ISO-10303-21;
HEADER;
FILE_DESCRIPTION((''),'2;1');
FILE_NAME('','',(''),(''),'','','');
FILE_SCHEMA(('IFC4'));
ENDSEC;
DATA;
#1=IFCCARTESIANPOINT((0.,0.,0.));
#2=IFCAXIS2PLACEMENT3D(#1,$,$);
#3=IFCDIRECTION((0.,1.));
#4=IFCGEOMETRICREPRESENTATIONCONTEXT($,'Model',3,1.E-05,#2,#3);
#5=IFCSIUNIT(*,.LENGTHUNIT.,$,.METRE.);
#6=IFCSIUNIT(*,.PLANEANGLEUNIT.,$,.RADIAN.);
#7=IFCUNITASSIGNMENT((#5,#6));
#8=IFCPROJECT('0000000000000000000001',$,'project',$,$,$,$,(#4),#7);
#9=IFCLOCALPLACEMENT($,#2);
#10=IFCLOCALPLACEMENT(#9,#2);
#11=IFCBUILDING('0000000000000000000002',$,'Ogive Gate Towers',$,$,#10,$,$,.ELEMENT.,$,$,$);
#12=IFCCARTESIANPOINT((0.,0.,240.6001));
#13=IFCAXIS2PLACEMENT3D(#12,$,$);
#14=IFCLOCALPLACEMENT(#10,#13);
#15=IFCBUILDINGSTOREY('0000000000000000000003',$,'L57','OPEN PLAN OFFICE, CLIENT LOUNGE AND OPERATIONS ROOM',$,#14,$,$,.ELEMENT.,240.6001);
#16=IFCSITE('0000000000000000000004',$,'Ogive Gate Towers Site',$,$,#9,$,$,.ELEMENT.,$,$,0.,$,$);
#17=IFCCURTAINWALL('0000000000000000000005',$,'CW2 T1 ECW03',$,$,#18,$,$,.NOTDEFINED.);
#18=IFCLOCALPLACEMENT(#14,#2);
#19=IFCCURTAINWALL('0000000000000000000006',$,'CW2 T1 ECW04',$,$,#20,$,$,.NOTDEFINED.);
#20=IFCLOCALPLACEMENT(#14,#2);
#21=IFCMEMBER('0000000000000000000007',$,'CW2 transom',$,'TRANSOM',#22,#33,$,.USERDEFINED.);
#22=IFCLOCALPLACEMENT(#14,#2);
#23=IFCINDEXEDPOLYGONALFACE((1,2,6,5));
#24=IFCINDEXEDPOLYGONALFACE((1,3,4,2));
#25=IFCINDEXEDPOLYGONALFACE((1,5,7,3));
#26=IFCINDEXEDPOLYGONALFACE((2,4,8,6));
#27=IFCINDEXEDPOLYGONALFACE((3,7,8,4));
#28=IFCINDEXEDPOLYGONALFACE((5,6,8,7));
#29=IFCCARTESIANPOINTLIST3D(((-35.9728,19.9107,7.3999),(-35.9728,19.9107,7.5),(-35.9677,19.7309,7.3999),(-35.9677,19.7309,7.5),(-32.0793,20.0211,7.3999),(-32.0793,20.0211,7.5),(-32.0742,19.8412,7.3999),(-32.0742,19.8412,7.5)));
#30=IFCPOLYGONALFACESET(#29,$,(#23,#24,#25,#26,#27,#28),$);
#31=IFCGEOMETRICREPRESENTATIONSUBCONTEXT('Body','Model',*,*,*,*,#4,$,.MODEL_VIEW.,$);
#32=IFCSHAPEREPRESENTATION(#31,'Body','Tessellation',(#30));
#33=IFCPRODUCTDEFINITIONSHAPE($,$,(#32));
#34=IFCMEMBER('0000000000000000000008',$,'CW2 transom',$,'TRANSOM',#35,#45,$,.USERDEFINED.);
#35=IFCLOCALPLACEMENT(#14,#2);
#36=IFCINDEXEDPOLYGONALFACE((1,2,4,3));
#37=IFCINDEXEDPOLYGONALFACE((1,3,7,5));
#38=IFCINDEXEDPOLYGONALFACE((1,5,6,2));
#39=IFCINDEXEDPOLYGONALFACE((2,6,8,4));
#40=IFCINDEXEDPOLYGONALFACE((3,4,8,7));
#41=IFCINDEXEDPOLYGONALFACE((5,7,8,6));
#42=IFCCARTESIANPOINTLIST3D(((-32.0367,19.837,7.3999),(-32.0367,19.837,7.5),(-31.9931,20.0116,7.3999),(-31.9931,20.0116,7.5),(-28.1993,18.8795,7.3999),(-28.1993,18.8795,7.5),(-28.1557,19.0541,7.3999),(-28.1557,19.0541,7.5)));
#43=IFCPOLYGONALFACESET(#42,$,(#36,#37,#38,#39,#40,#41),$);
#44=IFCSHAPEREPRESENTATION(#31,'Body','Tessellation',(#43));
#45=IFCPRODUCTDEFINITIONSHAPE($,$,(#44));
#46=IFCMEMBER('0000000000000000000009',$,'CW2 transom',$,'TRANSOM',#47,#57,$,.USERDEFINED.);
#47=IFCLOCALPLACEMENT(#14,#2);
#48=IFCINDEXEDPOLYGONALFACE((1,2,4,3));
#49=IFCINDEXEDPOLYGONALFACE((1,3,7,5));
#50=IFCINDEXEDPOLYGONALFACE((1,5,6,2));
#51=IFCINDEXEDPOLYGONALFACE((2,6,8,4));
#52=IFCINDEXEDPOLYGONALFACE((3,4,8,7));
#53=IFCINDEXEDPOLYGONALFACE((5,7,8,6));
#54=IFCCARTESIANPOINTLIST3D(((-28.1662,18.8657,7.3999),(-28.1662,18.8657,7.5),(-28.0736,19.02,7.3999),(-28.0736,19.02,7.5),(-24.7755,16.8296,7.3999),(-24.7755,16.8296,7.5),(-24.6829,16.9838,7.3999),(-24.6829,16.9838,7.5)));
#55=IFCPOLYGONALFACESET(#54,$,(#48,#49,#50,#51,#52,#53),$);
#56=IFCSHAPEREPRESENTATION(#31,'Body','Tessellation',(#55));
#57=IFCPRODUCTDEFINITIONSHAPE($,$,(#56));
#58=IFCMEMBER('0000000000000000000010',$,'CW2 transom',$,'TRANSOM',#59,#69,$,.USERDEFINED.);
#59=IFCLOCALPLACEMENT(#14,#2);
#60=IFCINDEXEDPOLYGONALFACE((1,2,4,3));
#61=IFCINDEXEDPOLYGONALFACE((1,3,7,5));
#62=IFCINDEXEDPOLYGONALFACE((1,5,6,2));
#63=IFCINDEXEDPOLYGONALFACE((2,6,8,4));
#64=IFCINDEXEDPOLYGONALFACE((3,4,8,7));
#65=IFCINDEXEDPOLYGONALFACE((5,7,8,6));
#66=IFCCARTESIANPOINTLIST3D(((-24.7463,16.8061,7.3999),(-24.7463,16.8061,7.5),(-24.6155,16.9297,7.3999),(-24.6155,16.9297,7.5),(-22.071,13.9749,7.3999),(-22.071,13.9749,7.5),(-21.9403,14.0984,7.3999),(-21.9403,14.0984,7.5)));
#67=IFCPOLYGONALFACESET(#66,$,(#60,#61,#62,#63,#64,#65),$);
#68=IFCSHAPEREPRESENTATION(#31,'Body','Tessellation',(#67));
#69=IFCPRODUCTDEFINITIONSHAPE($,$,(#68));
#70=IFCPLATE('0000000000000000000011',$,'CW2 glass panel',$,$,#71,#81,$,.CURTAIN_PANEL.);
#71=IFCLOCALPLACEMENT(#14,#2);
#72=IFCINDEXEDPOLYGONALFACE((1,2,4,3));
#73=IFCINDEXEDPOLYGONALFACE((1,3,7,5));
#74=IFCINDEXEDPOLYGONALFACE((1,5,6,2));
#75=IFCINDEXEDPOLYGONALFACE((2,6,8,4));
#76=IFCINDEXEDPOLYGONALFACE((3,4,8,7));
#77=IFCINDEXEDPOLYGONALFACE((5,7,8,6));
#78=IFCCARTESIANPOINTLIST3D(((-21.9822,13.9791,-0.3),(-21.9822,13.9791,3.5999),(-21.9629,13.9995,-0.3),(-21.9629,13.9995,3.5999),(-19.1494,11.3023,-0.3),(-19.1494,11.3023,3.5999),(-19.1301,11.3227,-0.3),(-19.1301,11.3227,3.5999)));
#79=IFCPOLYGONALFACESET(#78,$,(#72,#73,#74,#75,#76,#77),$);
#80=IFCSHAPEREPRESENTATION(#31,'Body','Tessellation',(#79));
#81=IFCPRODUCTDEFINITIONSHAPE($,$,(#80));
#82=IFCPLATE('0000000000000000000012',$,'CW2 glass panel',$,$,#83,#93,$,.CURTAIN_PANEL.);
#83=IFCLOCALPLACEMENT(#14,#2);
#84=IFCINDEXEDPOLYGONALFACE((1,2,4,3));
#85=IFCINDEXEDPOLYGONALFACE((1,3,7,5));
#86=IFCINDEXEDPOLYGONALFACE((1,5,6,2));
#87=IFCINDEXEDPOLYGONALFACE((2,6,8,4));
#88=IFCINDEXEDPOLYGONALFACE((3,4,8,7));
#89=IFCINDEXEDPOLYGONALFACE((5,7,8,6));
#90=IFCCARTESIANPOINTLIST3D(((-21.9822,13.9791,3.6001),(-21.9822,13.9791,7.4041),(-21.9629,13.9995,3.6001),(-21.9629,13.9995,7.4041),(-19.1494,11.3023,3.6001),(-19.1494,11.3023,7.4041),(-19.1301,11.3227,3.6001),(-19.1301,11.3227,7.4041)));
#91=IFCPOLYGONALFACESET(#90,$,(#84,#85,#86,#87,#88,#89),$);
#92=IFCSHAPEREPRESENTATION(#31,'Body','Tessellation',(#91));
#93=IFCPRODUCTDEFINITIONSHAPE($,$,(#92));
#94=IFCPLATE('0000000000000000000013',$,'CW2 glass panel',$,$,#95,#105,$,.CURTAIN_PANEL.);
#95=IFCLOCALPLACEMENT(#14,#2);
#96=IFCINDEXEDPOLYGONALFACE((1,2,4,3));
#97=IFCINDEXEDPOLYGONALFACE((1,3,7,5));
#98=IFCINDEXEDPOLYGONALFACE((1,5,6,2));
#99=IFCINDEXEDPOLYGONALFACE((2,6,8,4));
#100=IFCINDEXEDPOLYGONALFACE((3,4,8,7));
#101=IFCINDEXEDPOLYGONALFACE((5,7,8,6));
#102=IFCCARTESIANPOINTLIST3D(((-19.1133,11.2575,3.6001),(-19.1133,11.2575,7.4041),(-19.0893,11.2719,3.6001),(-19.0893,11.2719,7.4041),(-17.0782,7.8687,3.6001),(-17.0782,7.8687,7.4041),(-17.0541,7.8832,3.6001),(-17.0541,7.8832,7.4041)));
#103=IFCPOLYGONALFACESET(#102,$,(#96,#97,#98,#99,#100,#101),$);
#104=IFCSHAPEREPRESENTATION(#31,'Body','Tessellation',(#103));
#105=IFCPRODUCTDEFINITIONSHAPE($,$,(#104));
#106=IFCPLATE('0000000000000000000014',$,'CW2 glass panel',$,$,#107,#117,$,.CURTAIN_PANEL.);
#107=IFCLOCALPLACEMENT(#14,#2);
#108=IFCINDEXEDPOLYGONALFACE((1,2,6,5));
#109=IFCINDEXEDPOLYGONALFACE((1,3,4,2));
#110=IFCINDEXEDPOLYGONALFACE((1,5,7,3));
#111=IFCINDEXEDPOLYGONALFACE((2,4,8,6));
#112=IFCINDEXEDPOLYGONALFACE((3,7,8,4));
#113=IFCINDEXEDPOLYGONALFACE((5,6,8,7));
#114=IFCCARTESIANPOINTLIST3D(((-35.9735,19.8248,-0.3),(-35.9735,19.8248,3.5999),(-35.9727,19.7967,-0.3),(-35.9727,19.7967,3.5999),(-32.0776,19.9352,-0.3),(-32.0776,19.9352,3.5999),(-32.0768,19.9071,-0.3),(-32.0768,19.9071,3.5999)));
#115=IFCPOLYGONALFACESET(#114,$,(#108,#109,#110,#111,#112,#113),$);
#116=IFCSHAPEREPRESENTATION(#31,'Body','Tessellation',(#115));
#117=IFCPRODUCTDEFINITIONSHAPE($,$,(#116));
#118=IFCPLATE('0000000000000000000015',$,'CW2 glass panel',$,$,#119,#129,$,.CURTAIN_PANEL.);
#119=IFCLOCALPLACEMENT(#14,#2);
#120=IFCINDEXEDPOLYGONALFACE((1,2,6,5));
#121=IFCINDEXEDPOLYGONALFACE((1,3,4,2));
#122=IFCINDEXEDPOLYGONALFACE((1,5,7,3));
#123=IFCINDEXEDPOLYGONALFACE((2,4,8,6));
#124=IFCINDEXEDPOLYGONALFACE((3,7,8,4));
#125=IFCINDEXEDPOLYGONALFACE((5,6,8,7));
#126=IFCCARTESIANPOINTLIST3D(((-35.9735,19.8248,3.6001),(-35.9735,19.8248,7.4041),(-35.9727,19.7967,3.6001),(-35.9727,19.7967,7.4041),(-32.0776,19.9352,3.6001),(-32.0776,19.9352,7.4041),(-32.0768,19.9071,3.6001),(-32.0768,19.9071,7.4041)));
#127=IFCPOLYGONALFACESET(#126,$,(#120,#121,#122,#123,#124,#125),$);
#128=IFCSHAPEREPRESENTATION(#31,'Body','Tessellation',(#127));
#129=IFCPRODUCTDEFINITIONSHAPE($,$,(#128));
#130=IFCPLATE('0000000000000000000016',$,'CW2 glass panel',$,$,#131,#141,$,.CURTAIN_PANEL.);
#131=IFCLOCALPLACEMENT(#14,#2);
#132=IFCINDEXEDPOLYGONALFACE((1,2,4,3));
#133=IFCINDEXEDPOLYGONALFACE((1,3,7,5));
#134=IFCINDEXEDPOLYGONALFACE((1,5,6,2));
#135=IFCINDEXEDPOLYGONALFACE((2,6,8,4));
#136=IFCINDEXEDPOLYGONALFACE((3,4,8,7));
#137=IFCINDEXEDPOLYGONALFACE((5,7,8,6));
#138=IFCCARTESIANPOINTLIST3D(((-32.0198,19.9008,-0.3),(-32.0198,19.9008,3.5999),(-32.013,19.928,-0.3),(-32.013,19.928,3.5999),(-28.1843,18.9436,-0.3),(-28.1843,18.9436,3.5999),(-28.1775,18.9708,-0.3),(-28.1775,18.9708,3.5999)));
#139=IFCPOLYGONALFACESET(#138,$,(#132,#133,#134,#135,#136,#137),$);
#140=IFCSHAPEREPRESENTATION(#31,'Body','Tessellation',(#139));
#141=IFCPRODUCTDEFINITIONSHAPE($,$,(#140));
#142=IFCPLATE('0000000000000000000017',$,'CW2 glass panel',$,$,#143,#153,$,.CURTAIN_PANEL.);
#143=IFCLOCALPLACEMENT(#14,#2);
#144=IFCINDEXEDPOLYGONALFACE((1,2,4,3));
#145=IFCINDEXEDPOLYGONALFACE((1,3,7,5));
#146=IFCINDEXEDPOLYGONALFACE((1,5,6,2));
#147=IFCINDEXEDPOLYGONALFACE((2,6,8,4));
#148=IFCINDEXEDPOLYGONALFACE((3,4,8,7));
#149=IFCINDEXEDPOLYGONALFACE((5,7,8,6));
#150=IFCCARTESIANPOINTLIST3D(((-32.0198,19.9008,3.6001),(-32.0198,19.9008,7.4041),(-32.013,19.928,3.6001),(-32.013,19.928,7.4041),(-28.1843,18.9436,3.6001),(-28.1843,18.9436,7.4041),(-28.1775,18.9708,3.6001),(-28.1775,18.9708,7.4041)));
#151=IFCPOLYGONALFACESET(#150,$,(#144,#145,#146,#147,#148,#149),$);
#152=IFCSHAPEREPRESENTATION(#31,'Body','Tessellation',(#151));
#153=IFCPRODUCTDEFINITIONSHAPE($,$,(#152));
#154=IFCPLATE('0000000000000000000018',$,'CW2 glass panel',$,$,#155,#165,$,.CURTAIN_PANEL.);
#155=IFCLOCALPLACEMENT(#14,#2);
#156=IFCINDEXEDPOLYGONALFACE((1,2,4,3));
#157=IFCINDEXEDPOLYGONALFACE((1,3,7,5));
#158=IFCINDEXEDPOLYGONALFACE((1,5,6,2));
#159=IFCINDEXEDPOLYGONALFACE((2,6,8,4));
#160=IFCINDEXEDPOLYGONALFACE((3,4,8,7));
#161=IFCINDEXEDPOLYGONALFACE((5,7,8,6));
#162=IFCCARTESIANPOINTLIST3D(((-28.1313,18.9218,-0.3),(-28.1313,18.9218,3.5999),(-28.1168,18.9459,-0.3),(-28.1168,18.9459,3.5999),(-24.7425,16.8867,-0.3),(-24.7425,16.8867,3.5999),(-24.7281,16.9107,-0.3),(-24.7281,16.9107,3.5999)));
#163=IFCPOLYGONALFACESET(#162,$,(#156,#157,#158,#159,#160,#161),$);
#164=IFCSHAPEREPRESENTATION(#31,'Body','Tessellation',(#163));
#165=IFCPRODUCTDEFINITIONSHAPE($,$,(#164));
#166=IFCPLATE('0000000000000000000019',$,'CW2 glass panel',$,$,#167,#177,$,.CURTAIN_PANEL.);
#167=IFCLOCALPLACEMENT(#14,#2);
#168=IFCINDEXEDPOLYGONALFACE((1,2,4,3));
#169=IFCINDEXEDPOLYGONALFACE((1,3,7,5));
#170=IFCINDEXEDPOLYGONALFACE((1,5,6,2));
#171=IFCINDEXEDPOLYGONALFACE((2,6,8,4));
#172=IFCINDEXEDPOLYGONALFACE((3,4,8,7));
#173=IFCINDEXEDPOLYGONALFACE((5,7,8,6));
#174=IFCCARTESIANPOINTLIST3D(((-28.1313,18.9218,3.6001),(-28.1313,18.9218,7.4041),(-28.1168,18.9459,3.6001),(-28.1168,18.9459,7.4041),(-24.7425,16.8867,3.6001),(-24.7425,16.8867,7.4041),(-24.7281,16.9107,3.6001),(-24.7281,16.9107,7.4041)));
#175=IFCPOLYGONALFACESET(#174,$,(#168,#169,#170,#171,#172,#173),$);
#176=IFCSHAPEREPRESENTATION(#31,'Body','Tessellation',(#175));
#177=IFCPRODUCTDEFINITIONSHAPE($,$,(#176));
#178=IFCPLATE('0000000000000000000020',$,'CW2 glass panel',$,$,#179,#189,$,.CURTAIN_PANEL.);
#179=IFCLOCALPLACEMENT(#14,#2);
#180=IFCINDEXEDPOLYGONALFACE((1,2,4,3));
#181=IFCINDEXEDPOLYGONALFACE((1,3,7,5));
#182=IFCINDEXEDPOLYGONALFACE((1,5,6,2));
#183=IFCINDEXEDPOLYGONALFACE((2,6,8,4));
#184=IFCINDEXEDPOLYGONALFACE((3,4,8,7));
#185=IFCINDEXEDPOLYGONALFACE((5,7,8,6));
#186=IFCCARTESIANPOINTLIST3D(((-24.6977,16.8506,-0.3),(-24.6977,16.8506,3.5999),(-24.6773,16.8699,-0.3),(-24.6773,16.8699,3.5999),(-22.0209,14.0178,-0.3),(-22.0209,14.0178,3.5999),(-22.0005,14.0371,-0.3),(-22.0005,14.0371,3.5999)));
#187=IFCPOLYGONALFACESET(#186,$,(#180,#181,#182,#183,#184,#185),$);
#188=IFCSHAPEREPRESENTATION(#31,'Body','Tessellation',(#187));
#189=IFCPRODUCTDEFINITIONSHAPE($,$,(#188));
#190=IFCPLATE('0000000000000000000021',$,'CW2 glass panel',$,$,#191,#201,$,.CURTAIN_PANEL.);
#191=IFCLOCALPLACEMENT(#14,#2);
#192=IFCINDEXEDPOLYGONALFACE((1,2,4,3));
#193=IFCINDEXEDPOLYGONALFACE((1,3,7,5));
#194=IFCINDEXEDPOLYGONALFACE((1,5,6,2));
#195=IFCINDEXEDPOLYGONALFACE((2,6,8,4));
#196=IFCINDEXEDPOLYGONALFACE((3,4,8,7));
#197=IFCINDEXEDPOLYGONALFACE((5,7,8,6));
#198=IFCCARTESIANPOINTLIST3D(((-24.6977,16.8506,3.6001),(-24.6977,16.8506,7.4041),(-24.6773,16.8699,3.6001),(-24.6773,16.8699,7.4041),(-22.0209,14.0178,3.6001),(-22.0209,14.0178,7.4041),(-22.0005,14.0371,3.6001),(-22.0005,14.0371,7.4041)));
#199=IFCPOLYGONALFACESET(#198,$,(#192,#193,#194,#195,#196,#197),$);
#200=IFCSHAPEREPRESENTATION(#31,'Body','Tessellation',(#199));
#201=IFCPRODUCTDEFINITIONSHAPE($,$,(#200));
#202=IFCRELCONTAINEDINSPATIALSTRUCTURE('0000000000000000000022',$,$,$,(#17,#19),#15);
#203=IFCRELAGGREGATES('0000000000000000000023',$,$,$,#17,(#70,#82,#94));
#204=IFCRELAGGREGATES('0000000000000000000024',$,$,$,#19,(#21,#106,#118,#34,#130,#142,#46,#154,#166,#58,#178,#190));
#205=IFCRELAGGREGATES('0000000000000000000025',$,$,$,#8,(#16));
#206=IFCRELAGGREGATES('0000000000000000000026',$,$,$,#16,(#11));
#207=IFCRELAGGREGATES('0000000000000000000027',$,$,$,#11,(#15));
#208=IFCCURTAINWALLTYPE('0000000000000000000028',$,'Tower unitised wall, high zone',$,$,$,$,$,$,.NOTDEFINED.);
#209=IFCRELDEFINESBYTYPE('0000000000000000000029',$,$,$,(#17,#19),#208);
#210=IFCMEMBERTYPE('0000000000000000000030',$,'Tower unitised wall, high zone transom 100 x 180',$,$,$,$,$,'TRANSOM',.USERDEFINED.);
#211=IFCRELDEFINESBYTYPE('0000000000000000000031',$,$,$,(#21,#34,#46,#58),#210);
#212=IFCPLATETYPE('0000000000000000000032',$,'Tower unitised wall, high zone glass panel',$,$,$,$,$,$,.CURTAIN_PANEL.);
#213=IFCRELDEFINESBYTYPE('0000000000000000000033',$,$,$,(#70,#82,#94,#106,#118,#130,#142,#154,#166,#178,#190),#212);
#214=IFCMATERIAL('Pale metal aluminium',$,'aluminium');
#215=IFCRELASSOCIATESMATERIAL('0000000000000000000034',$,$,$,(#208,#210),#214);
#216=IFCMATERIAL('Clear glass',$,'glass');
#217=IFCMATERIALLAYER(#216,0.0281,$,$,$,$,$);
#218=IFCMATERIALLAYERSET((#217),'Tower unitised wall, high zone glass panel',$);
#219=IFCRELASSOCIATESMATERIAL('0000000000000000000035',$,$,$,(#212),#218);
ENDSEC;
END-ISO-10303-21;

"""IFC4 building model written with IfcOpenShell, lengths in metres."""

from ifc_helpers import new_model, si_unit, direction, frame, origin, origin_2d, place, context, subcontext, project, spatial, rectangle, extrude, material, layer, layer_set, material_profile, profile_set, type_object, element, aggregate, save


model = new_model("IFC4")

# Units and contexts
model_context = context("Model", 3, precision=1e-05, world=origin(), true_north=direction((0.0, 1.0)))
body_context = subcontext(model_context, "Body", "Model", "MODEL_VIEW")
ifc_project = project(units=[si_unit("LENGTHUNIT", "METRE"), si_unit("PLANEANGLEUNIT", "RADIAN")], contexts=[model_context])

# Site, building, storey
site_placement = place(None, origin())
site = spatial("IfcSite", under=ifc_project, at=site_placement, Name="Ogive Gate Towers Site", CompositionType="ELEMENT", RefElevation=0.0)
building_placement = place(site_placement, origin())
building = spatial("IfcBuilding", under=site, at=building_placement, Name="Ogive Gate Towers", CompositionType="ELEMENT")
storey_placement = place(building_placement, frame((0.0, 0.0, 240.6001)))
storey = spatial("IfcBuildingStorey", under=building, at=storey_placement, Name="L57", Description="OPEN PLAN OFFICE, CLIENT LOUNGE AND OPERATIONS ROOM", CompositionType="ELEMENT", Elevation=240.6001)

# Curtain walls
ifc_material_1 = material(Name="Pale metal aluminium", Category="aluminium")
curtain_wall_type = type_object("IfcCurtainWallType", Name="Tower unitised wall, high zone", PredefinedType="NOTDEFINED", material=ifc_material_1)
curtain_wall_1_placement = place(storey_placement, origin())
curtain_wall_1 = element("IfcCurtainWall", 1, at=curtain_wall_1_placement, inside=storey, type_object=curtain_wall_type, Name="CW2 T1 ECW03", PredefinedType="NOTDEFINED")
curtain_wall_2_placement = place(storey_placement, origin())
curtain_wall_2 = element("IfcCurtainWall", 2, at=curtain_wall_2_placement, inside=storey, type_object=curtain_wall_type, Name="CW2 T1 ECW04", PredefinedType="NOTDEFINED")

# Members
ifc_material_profile_1 = material_profile(ifc_material_1, rectangle(XDim=0.1799, YDim=0.1001, at=origin_2d()), Name="100 x 180 aluminium box")
ifc_profile_set_1 = profile_set([ifc_material_profile_1], Name="Pale metal aluminium")
member_type_1 = type_object("IfcMemberType", Name="Tower unitised wall, high zone transom 100 x 180", ElementType="TRANSOM", PredefinedType="USERDEFINED", material=ifc_profile_set_1)
member_1_placement = place(storey_placement, frame((-35.9702, 19.8208, 7.45), z_axis=(0.999599, 0.028331, 0.0), x_axis=(-0.028331, 0.999599, 0.0)))
member_1 = element("IfcMember", 3, at=member_1_placement, type_object=member_type_1, Name="CW2 transom", ObjectType="TRANSOM", PredefinedType="USERDEFINED", context=body_context, shape_type="SweptSolid", body=[
    extrude(rectangle(XDim=0.1799, YDim=0.1001, at=origin_2d()), origin(), (0.0, 0.0, 1.0), 3.895),
])
member_2_placement = place(storey_placement, frame((-32.0149, 19.9243, 7.45), z_axis=(0.970251, -0.2421, 0.0), x_axis=(0.2421, 0.970251, 0.0)))
member_2 = element("IfcMember", 4, at=member_2_placement, type_object=member_type_1, Name="CW2 transom", ObjectType="TRANSOM", PredefinedType="USERDEFINED", context=body_context, shape_type="SweptSolid", body=[
    extrude(rectangle(XDim=0.1799, YDim=0.1001, at=origin_2d()), origin(), (0.0, 0.0, 1.0), 3.9551),
])
member_3_placement = place(storey_placement, frame((-28.1199, 18.9429, 7.45), z_axis=(0.857297, -0.514823, 0.0), x_axis=(0.514823, 0.857297, 0.0)))
member_3 = element("IfcMember", 5, at=member_3_placement, type_object=member_type_1, Name="CW2 transom", ObjectType="TRANSOM", PredefinedType="USERDEFINED", context=body_context, shape_type="SweptSolid", body=[
    extrude(rectangle(XDim=0.1799, YDim=0.1001, at=origin_2d()), origin(), (0.0, 0.0, 1.0), 3.9551),
])
member_4_placement = place(storey_placement, frame((-24.6809, 16.8679, 7.45), z_axis=(0.686798, -0.726848, 0.0), x_axis=(0.726848, 0.686798, 0.0)))
member_4 = element("IfcMember", 6, at=member_4_placement, type_object=member_type_1, Name="CW2 transom", ObjectType="TRANSOM", PredefinedType="USERDEFINED", context=body_context, shape_type="SweptSolid", body=[
    extrude(rectangle(XDim=0.1799, YDim=0.1001, at=origin_2d()), origin(), (0.0, 0.0, 1.0), 3.8953),
])

# Plates
ifc_material_2 = material(Name="Clear glass", Category="glass")
ifc_layer_1 = layer(ifc_material_2, 0.0281)
ifc_layer_set_1 = layer_set([ifc_layer_1], Name="Tower unitised wall, high zone glass panel")
plate_type = type_object("IfcPlateType", Name="Tower unitised wall, high zone glass panel", PredefinedType="CURTAIN_PANEL", material=ifc_layer_set_1)
plate_1_placement = place(storey_placement, frame((-20.5562, 12.6509, -0.3), z_axis=(0.0, 0.0, 1.0), x_axis=(0.72685, -0.686796, 0.0)))
plate_1 = element("IfcPlate", 7, at=plate_1_placement, type_object=plate_type, Name="CW2 glass panel", PredefinedType="CURTAIN_PANEL", context=body_context, shape_type="SweptSolid", body=[
    extrude(rectangle(XDim=3.8975, YDim=0.0281, at=origin_2d()), origin(), (0.0, 0.0, 1.0), 3.8999),
])
plate_2_placement = place(storey_placement, frame((-20.5562, 12.6509, 3.6001), z_axis=(0.0, 0.0, 1.0), x_axis=(0.72685, -0.686796, 0.0)))
plate_2 = element("IfcPlate", 8, at=plate_2_placement, type_object=plate_type, Name="CW2 glass panel", PredefinedType="CURTAIN_PANEL", context=body_context, shape_type="SweptSolid", body=[
    extrude(rectangle(XDim=3.8975, YDim=0.0281, at=origin_2d()), origin(), (0.0, 0.0, 1.0), 3.804),
])
plate_3_placement = place(storey_placement, frame((-18.0837, 9.5703, 3.6001), z_axis=(0.0, 0.0, 1.0), x_axis=(0.514844, -0.857284, 0.0)))
plate_3 = element("IfcPlate", 9, at=plate_3_placement, type_object=plate_type, Name="CW2 glass panel", PredefinedType="CURTAIN_PANEL", context=body_context, shape_type="SweptSolid", body=[
    extrude(rectangle(XDim=3.9529, YDim=0.0281, at=origin_2d()), origin(), (0.0, 0.0, 1.0), 3.804),
])
aggregate(curtain_wall_1, [plate_1, plate_2, plate_3])
plate_4_placement = place(storey_placement, frame((-34.0251, 19.866, -0.3), z_axis=(0.0, 0.0, 1.0), x_axis=(0.999599, 0.028323, 0.0)))
plate_4 = element("IfcPlate", 10, at=plate_4_placement, type_object=plate_type, Name="CW2 glass panel", PredefinedType="CURTAIN_PANEL", context=body_context, shape_type="SweptSolid", body=[
    extrude(rectangle(XDim=3.8975, YDim=0.0281, at=origin_2d()), origin(), (0.0, 0.0, 1.0), 3.8999),
])
plate_5_placement = place(storey_placement, frame((-34.0251, 19.866, 3.6001), z_axis=(0.0, 0.0, 1.0), x_axis=(0.999599, 0.028323, 0.0)))
plate_5 = element("IfcPlate", 11, at=plate_5_placement, type_object=plate_type, Name="CW2 glass panel", PredefinedType="CURTAIN_PANEL", context=body_context, shape_type="SweptSolid", body=[
    extrude(rectangle(XDim=3.8975, YDim=0.0281, at=origin_2d()), origin(), (0.0, 0.0, 1.0), 3.804),
])
plate_6_placement = place(storey_placement, frame((-30.0986, 19.4358, -0.3), z_axis=(0.0, 0.0, 1.0), x_axis=(0.970241, -0.242142, 0.0)))
plate_6 = element("IfcPlate", 12, at=plate_6_placement, type_object=plate_type, Name="CW2 glass panel", PredefinedType="CURTAIN_PANEL", context=body_context, shape_type="SweptSolid", body=[
    extrude(rectangle(XDim=3.9531, YDim=0.0281, at=origin_2d()), origin(), (0.0, 0.0, 1.0), 3.8999),
])
plate_7_placement = place(storey_placement, frame((-30.0986, 19.4358, 3.6001), z_axis=(0.0, 0.0, 1.0), x_axis=(0.970241, -0.242142, 0.0)))
plate_7 = element("IfcPlate", 13, at=plate_7_placement, type_object=plate_type, Name="CW2 glass panel", PredefinedType="CURTAIN_PANEL", context=body_context, shape_type="SweptSolid", body=[
    extrude(rectangle(XDim=3.9531, YDim=0.0281, at=origin_2d()), origin(), (0.0, 0.0, 1.0), 3.804),
])
plate_8_placement = place(storey_placement, frame((-26.4297, 17.9163, -0.3), z_axis=(0.0, 0.0, 1.0), x_axis=(0.857284, -0.514844, 0.0)))
plate_8 = element("IfcPlate", 14, at=plate_8_placement, type_object=plate_type, Name="CW2 glass panel", PredefinedType="CURTAIN_PANEL", context=body_context, shape_type="SweptSolid", body=[
    extrude(rectangle(XDim=3.9529, YDim=0.0281, at=origin_2d()), origin(), (0.0, 0.0, 1.0), 3.8999),
])
plate_9_placement = place(storey_placement, frame((-26.4297, 17.9163, 3.6001), z_axis=(0.0, 0.0, 1.0), x_axis=(0.857284, -0.514844, 0.0)))
plate_9 = element("IfcPlate", 15, at=plate_9_placement, type_object=plate_type, Name="CW2 glass panel", PredefinedType="CURTAIN_PANEL", context=body_context, shape_type="SweptSolid", body=[
    extrude(rectangle(XDim=3.9529, YDim=0.0281, at=origin_2d()), origin(), (0.0, 0.0, 1.0), 3.804),
])
plate_10_placement = place(storey_placement, frame((-23.3491, 15.4438, -0.3), z_axis=(0.0, 0.0, 1.0), x_axis=(0.686796, -0.72685, 0.0)))
plate_10 = element("IfcPlate", 16, at=plate_10_placement, type_object=plate_type, Name="CW2 glass panel", PredefinedType="CURTAIN_PANEL", context=body_context, shape_type="SweptSolid", body=[
    extrude(rectangle(XDim=3.8975, YDim=0.0281, at=origin_2d()), origin(), (0.0, 0.0, 1.0), 3.8999),
])
plate_11_placement = place(storey_placement, frame((-23.3491, 15.4438, 3.6001), z_axis=(0.0, 0.0, 1.0), x_axis=(0.686796, -0.72685, 0.0)))
plate_11 = element("IfcPlate", 17, at=plate_11_placement, type_object=plate_type, Name="CW2 glass panel", PredefinedType="CURTAIN_PANEL", context=body_context, shape_type="SweptSolid", body=[
    extrude(rectangle(XDim=3.8975, YDim=0.0281, at=origin_2d()), origin(), (0.0, 0.0, 1.0), 3.804),
])
aggregate(curtain_wall_2, [member_1, plate_4, plate_5, member_2, plate_6, plate_7, member_3, plate_8, plate_9, member_4, plate_10, plate_11])

save(model, "model.ifc")
